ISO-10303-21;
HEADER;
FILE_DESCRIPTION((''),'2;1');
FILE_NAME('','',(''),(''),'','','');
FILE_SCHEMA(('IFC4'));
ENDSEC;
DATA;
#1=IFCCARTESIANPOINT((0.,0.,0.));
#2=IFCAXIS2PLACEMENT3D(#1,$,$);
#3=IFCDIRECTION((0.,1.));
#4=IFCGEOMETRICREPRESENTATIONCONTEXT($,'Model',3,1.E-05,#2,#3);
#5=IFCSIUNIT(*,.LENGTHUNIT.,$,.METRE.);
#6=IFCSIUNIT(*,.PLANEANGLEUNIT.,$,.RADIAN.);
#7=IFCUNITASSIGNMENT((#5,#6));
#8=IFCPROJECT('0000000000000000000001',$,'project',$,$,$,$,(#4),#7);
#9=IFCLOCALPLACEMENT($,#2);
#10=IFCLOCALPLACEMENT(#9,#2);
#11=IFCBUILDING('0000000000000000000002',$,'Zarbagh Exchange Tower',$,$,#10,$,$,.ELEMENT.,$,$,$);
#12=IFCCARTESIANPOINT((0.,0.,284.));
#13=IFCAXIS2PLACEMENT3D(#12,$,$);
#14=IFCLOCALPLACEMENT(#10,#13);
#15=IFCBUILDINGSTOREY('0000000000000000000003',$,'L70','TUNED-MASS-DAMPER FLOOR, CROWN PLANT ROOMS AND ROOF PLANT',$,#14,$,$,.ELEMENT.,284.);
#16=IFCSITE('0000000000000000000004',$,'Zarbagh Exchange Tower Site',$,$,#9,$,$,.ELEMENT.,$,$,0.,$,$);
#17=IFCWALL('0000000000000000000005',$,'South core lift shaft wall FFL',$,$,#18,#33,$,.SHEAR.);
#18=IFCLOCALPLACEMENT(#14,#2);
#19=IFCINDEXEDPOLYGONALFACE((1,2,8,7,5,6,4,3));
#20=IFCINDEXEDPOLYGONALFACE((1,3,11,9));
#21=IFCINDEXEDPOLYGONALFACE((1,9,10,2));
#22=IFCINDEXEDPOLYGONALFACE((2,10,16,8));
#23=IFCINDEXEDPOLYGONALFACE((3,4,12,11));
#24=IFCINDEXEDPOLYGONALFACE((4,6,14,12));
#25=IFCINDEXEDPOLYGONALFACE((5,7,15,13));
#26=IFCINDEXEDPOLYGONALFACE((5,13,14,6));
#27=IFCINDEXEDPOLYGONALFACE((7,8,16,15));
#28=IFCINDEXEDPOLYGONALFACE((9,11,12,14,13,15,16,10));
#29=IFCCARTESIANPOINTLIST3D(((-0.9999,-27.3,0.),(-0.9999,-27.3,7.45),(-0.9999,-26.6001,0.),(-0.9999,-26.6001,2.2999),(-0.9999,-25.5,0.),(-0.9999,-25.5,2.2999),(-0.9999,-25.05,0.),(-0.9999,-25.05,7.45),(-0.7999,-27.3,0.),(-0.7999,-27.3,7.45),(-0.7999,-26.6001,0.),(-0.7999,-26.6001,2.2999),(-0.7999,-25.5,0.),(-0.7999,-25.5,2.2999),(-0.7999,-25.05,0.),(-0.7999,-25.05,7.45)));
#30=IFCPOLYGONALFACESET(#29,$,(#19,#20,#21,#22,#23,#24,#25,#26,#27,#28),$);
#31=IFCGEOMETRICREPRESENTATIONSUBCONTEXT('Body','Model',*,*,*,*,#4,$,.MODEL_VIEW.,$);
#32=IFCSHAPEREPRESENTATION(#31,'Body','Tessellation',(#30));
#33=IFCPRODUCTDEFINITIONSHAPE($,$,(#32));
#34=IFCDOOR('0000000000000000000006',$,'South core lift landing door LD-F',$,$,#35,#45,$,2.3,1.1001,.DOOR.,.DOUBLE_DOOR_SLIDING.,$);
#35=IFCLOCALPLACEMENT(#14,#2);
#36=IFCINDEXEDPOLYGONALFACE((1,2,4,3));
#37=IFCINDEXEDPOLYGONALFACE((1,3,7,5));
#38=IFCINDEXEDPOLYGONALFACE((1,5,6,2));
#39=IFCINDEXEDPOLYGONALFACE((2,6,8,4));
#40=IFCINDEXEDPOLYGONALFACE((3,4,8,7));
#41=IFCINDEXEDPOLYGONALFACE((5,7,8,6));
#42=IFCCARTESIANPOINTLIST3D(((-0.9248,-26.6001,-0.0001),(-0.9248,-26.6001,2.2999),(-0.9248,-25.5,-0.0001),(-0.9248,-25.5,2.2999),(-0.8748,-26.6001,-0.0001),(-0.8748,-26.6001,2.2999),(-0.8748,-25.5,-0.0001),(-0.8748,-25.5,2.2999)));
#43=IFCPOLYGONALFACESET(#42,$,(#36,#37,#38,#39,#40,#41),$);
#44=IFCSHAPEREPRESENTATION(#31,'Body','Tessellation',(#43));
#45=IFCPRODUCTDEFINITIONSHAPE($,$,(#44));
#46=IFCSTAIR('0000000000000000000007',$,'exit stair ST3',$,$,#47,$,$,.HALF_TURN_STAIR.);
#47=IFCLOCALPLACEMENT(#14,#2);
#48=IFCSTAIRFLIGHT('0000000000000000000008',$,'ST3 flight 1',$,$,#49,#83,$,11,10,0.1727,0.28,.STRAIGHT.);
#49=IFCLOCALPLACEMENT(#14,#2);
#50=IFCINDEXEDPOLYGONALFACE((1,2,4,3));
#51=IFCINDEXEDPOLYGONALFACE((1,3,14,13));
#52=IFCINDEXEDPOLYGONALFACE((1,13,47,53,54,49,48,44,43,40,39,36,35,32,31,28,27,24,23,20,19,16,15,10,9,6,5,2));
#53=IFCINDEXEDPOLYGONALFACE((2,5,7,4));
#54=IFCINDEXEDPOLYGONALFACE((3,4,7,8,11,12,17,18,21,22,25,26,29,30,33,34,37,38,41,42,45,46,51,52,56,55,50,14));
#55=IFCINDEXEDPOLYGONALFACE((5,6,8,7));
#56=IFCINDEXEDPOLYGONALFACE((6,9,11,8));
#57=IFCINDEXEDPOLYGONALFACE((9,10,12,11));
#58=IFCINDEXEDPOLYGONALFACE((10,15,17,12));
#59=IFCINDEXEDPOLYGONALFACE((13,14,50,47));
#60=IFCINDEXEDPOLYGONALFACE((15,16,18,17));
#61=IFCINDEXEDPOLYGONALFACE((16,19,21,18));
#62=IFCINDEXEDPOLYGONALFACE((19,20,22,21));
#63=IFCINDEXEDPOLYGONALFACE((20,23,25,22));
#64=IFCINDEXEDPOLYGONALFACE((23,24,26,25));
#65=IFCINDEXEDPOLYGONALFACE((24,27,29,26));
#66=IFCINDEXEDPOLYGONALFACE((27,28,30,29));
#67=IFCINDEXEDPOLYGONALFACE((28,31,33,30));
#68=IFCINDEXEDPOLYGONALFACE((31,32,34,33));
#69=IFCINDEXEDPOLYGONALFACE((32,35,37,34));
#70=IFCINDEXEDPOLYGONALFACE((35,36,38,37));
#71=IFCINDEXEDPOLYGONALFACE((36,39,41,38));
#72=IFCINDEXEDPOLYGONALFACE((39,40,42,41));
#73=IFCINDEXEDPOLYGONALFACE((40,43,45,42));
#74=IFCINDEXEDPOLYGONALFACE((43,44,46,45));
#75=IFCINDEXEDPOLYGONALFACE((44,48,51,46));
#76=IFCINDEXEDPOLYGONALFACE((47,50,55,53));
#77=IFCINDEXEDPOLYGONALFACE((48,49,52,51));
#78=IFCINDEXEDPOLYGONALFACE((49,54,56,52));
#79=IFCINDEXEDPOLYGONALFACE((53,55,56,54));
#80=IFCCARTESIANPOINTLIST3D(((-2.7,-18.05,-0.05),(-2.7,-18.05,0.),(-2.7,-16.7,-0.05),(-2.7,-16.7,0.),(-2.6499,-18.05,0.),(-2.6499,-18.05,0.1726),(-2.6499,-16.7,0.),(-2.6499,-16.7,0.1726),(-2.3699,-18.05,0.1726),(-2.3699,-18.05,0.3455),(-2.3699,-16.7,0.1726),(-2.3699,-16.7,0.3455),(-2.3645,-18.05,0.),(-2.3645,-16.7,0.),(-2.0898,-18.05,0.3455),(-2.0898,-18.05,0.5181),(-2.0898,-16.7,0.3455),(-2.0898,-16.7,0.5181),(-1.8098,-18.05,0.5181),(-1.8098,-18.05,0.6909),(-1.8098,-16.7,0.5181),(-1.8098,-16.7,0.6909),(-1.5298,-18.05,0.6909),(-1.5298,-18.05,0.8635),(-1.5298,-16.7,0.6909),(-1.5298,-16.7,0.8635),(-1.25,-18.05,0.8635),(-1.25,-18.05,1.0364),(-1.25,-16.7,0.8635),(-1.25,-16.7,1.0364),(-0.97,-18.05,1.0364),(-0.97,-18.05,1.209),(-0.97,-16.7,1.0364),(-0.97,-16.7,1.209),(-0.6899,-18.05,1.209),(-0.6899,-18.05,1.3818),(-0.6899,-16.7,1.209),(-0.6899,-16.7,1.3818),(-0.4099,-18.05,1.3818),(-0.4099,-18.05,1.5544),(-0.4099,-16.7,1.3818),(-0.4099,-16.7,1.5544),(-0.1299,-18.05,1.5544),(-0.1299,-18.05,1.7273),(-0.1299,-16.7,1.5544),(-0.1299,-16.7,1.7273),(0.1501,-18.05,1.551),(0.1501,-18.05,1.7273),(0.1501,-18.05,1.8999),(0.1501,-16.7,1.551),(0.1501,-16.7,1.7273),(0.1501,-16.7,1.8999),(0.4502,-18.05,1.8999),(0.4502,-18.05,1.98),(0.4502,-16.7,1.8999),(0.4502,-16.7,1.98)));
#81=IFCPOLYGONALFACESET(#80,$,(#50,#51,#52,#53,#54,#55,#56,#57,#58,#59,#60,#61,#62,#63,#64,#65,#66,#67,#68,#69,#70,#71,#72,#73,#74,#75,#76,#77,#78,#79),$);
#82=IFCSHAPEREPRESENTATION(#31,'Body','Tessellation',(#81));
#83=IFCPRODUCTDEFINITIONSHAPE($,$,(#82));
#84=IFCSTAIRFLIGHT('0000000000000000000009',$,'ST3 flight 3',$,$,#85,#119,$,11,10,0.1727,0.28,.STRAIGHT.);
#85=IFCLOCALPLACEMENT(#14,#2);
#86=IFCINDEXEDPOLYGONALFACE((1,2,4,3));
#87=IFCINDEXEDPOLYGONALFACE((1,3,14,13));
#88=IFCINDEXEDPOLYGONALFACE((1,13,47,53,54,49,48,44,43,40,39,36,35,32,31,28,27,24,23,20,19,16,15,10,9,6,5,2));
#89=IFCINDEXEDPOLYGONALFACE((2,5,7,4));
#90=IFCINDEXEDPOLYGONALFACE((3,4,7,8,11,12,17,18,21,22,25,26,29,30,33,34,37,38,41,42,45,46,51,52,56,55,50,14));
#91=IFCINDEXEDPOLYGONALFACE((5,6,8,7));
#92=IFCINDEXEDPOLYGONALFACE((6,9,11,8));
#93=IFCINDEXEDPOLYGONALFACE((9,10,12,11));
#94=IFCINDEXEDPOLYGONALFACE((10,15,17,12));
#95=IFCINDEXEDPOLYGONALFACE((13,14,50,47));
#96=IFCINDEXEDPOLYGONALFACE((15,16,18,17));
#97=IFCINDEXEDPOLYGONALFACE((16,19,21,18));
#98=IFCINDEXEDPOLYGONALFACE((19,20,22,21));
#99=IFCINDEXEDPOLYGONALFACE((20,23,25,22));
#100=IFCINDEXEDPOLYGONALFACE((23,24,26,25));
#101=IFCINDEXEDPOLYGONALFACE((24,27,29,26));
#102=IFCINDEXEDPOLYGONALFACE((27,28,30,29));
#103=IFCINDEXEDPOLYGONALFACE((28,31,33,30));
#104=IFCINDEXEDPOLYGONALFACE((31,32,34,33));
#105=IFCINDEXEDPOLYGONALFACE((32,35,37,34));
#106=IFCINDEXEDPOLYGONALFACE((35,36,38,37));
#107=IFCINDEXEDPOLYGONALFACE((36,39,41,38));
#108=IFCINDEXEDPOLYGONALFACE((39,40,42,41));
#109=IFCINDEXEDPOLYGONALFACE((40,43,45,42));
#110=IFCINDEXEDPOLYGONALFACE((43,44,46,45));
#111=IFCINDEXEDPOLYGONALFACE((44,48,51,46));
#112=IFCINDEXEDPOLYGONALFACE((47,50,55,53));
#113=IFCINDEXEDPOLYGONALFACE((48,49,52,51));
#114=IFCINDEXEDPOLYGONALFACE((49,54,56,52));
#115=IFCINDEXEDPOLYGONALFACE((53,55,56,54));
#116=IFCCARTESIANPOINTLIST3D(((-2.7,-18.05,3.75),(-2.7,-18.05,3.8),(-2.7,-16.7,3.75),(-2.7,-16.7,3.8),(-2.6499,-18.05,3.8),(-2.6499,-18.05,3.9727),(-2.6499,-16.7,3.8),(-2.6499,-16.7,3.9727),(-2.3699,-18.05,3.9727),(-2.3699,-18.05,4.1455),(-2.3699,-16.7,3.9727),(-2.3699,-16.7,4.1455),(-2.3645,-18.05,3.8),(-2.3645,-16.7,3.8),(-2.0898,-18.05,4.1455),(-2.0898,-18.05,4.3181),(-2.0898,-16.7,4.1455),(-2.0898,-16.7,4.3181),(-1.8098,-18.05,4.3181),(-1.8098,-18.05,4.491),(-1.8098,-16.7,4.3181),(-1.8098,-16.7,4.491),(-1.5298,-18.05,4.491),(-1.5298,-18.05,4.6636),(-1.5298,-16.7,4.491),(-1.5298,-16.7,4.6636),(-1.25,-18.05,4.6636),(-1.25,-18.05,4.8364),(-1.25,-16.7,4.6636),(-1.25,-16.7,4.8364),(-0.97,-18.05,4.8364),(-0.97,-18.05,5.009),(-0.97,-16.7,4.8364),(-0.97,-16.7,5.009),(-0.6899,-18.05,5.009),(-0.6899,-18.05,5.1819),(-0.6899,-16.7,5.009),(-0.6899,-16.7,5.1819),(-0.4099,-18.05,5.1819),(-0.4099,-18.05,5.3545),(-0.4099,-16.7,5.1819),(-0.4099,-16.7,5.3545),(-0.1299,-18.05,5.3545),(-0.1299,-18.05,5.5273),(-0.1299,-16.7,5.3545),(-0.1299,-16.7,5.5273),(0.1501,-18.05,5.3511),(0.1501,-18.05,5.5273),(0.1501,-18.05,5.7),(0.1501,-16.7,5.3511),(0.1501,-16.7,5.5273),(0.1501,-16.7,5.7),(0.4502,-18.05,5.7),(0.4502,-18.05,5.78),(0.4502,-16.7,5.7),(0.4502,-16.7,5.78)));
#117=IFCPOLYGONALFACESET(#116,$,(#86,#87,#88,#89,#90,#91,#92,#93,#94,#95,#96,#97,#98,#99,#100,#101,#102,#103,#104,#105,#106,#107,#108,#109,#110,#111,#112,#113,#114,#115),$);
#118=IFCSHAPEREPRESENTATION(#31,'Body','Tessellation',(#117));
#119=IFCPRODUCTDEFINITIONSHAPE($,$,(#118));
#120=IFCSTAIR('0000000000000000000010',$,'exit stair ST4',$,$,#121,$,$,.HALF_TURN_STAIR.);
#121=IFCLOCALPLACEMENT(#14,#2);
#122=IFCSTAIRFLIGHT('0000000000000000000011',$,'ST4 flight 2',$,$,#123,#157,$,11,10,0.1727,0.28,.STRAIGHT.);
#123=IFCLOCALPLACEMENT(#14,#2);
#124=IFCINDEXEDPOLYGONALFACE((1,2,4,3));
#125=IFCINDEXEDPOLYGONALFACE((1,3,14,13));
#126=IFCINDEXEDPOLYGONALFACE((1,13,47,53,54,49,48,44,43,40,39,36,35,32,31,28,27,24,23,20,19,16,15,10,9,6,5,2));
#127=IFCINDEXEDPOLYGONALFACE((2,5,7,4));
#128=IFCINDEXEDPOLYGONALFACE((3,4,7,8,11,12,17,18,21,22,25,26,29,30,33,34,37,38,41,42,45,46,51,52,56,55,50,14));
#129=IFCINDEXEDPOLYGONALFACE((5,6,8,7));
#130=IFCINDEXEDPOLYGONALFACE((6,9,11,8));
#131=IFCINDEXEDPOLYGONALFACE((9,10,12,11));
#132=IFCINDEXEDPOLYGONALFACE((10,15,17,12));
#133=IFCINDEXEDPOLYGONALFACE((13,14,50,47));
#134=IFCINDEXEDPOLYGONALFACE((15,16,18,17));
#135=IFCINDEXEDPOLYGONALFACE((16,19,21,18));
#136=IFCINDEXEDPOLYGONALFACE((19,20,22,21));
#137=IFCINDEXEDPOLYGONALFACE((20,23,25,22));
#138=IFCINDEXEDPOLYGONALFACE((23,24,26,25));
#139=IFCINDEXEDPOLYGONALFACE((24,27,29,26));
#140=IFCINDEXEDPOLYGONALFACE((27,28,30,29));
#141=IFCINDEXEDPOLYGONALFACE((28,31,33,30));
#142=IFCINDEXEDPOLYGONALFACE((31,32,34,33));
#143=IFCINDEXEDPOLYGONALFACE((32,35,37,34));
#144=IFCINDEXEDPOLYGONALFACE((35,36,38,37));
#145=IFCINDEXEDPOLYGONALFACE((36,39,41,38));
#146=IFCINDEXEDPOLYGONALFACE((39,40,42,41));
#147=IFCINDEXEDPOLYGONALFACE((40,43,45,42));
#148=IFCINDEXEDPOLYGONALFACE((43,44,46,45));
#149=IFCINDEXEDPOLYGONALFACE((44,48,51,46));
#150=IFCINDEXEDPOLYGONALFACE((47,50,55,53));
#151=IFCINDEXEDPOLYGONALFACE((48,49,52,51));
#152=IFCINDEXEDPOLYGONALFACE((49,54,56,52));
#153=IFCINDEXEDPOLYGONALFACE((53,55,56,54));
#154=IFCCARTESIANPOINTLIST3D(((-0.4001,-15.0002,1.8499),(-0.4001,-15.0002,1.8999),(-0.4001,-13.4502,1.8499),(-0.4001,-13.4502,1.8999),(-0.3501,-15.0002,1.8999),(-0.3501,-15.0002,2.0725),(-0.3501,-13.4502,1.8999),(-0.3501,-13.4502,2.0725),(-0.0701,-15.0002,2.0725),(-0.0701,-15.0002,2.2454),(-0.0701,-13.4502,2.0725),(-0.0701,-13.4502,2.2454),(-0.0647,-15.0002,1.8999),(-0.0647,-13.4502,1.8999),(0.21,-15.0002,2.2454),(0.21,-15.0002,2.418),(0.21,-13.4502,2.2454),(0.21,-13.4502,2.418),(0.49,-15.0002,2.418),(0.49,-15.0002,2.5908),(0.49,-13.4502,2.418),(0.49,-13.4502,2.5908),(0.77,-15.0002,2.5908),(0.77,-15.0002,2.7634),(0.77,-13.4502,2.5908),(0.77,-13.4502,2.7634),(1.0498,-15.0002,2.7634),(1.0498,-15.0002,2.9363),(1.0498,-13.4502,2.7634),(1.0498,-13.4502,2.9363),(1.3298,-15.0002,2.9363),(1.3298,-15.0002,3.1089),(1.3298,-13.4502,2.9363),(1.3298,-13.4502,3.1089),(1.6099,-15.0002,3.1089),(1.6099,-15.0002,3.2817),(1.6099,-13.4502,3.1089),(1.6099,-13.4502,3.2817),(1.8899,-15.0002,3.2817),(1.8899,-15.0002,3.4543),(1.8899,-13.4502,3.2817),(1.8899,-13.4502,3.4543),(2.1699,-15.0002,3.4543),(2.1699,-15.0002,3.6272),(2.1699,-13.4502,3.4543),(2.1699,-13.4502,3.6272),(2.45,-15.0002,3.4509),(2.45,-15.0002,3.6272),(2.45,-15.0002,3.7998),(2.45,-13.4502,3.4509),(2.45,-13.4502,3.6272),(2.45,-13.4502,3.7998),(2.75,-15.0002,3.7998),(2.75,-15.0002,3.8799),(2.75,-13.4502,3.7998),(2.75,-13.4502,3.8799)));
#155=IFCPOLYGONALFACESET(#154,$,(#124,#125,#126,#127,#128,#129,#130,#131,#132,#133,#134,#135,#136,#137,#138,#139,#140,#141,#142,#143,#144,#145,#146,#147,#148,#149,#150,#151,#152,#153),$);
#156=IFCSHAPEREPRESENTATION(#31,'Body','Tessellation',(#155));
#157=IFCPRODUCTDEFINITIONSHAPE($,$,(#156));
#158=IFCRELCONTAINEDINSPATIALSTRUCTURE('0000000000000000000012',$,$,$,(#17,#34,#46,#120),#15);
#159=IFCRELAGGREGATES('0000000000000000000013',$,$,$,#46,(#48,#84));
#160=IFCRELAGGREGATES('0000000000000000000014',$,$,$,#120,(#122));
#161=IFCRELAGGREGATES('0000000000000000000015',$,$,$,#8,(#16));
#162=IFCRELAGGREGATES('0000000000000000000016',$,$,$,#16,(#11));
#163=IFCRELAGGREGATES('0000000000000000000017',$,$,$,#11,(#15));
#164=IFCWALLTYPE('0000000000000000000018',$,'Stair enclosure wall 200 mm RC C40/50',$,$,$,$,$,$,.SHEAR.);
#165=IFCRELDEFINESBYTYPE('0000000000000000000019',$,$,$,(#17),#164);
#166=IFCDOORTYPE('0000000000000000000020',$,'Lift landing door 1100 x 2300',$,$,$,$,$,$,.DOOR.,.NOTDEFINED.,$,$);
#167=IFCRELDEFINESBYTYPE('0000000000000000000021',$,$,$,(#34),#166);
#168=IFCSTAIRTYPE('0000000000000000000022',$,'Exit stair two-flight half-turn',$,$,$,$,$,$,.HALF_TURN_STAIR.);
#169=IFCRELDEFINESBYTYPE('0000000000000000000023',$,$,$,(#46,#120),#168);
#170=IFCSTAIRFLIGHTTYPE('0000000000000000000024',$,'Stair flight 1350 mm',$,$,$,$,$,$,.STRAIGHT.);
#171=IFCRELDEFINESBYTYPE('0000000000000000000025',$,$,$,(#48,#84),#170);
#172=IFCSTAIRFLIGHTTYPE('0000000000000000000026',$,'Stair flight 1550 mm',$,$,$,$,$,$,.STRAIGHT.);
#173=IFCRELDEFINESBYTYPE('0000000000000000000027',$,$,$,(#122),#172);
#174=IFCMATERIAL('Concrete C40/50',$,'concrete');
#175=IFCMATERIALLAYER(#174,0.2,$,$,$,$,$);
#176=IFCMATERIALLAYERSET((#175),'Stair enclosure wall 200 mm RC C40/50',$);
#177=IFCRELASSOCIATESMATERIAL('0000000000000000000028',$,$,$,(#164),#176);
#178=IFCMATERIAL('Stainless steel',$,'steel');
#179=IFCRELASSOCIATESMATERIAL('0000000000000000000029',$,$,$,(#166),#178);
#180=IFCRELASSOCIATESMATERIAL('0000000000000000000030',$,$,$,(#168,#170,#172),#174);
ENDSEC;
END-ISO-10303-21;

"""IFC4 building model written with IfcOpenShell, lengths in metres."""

from ifc_helpers import new_model, si_unit, direction, frame, frame_2d, origin, place, context, subcontext, project, spatial, polyline, rectangle, outline, extrude, material, layer, layer_set, type_object, element, fill, aggregate, save


model = new_model("IFC4")

# Units and contexts
model_context = context("Model", 3, precision=1e-05, world=origin(), true_north=direction((0.0, 1.0)))
body_context = subcontext(model_context, "Body", "Model", "MODEL_VIEW")
ifc_project = project(units=[si_unit("LENGTHUNIT", "METRE"), si_unit("PLANEANGLEUNIT", "RADIAN")], contexts=[model_context])

# Site, building, storey
site_placement = place(None, origin())
site = spatial("IfcSite", under=ifc_project, at=site_placement, Name="Zarbagh Exchange Tower Site", CompositionType="ELEMENT", RefElevation=0.0)
building_placement = place(site_placement, origin())
building = spatial("IfcBuilding", under=site, at=building_placement, Name="Zarbagh Exchange Tower", CompositionType="ELEMENT")
storey_placement = place(building_placement, frame((0.0, 0.0, 284.0)))
storey = spatial("IfcBuildingStorey", under=building, at=storey_placement, Name="L70", Description="TUNED-MASS-DAMPER FLOOR, CROWN PLANT ROOMS AND ROOF PLANT", CompositionType="ELEMENT", Elevation=284.0)

# Shared definitions
ifc_material_1 = material(Name="Concrete C40/50", Category="concrete")

# Wall, opening, door
ifc_layer_1 = layer(ifc_material_1, 0.2)
ifc_layer_set_1 = layer_set([ifc_layer_1], Name="Stair enclosure wall 200 mm RC C40/50")
wall_type_1 = type_object("IfcWallType", Name="Stair enclosure wall 200 mm RC C40/50", PredefinedType="SHEAR", material=ifc_layer_set_1)
wall_1_placement = place(storey_placement, frame((-0.8999, -27.3, 0.0), z_axis=(0.0, 0.0, 1.0), x_axis=(0.0, 1.0, 0.0)))
wall_1 = element("IfcWall", 1, at=wall_1_placement, inside=storey, type_object=wall_type_1, Name="South core lift shaft wall FFL", PredefinedType="SHEAR", context=body_context, shape_type="SweptSolid", body=[
    extrude(rectangle(XDim=2.25, YDim=0.2, at=frame_2d((1.125, 0.0))), origin(), (0.0, 0.0, 1.0), 7.45),
])
opening_1_placement = place(wall_1_placement, frame((0.7, 0.0, 0.0)))
opening_1 = element("IfcOpeningElement", 2, at=opening_1_placement, cuts=wall_1, PredefinedType="OPENING", context=body_context, shape_type="SweptSolid", body=[
    extrude(rectangle(XDim=1.1001, YDim=2.3, at=frame_2d((0.55, 1.1499))), frame((0.0, 0.1099, 0.0), z_axis=(0.0, -1.0, 0.0), x_axis=(1.0, 0.0, 0.0)), (0.0, 0.0, 1.0), 0.22),
])
ifc_material_2 = material(Name="Stainless steel", Category="steel")
door_type_1 = type_object("IfcDoorType", Name="Lift landing door 1100 x 2300", OperationType="NOTDEFINED", PredefinedType="DOOR", material=ifc_material_2)
door_1_placement = place(opening_1_placement, origin())
door_1 = element("IfcDoor", 3, at=door_1_placement, inside=storey, type_object=door_type_1, Name="South core lift landing door LD-F", OperationType="DOUBLE_DOOR_SLIDING", OverallHeight=2.3, OverallWidth=1.1001, PredefinedType="DOOR", context=body_context, shape_type="SweptSolid", body=[
    extrude(rectangle(XDim=1.1001, YDim=2.3, at=frame_2d((0.55, 1.1499))), frame((0.0, 0.0249, 0.0), z_axis=(0.0, -1.0, 0.0), x_axis=(1.0, 0.0, 0.0)), (0.0, 0.0, 1.0), 0.05),
])
fill(opening_1, door_1)

# Stairs, stair flights
stair_type = type_object("IfcStairType", Name="Exit stair two-flight half-turn", PredefinedType="HALF_TURN_STAIR", material=ifc_material_1)
stair_1_placement = place(storey_placement, origin())
stair_1 = element("IfcStair", 4, at=stair_1_placement, inside=storey, type_object=stair_type, Name="exit stair ST3", PredefinedType="HALF_TURN_STAIR")
stair_flight_type_1 = type_object("IfcStairFlightType", Name="Stair flight 1350 mm", PredefinedType="STRAIGHT", material=ifc_material_1)
stair_flight_1_placement = place(storey_placement, frame((-2.6499, -17.375, 0.0), z_axis=(0.0, 0.0, 1.0), x_axis=(1.0, 0.0, 0.0)))
stair_flight_1 = element("IfcStairFlight", 5, at=stair_flight_1_placement, type_object=stair_flight_type_1, Name="ST3 flight 1", NumberOfRisers=11, NumberOfTreads=10, PredefinedType="STRAIGHT", RiserHeight=0.1727, TreadLength=0.28, context=body_context, shape_type="SweptSolid", body=[
    extrude(outline(polyline([(-0.05, -0.05), (-0.05, 0.0), (0.0, 0.0), (0.0, 0.1726), (0.28, 0.1726), (0.28, 0.3455), (0.5601, 0.3455), (0.5601, 0.5181), (0.8401, 0.5181), (0.8401, 0.6909), (1.1201, 0.6909), (1.1201, 0.8635), (1.3999, 0.8635), (1.3999, 1.0364), (1.6799, 1.0364), (1.6799, 1.209), (1.96, 1.209), (1.96, 1.3818), (2.24, 1.3818), (2.24, 1.5544), (2.52, 1.5544), (2.52, 1.7273), (2.8, 1.7273), (2.8, 1.8999), (3.1001, 1.98), (3.1001, 1.8999), (2.8, 1.551), (0.2854, 0.0), (-0.05, -0.05)])), frame((0.0, 0.675, 0.0), z_axis=(0.0, -1.0, 0.0), x_axis=(1.0, 0.0, 0.0)), (0.0, 0.0, 1.0), 1.3501),
])
stair_flight_2_placement = place(storey_placement, frame((-2.6499, -17.375, 3.8), z_axis=(0.0, 0.0, 1.0), x_axis=(1.0, 0.0, 0.0)))
stair_flight_2 = element("IfcStairFlight", 6, at=stair_flight_2_placement, type_object=stair_flight_type_1, Name="ST3 flight 3", NumberOfRisers=11, NumberOfTreads=10, PredefinedType="STRAIGHT", RiserHeight=0.1727, TreadLength=0.28, context=body_context, shape_type="SweptSolid", body=[
    extrude(outline(polyline([(-0.05, -0.05), (-0.05, 0.0), (0.0, 0.0), (0.0, 0.1726), (0.28, 0.1726), (0.28, 0.3455), (0.5601, 0.3455), (0.5601, 0.5181), (0.8401, 0.5181), (0.8401, 0.6909), (1.1201, 0.6909), (1.1201, 0.8635), (1.3999, 0.8635), (1.3999, 1.0364), (1.6799, 1.0364), (1.6799, 1.209), (1.96, 1.209), (1.96, 1.3818), (2.24, 1.3818), (2.24, 1.5544), (2.52, 1.5544), (2.52, 1.7273), (2.8, 1.7273), (2.8, 1.8999), (3.1001, 1.98), (3.1001, 1.8999), (2.8, 1.551), (0.2854, 0.0), (-0.05, -0.05)])), frame((0.0, 0.675, 0.0), z_axis=(0.0, -1.0, 0.0), x_axis=(1.0, 0.0, 0.0)), (0.0, 0.0, 1.0), 1.3501),
])
aggregate(stair_1, [stair_flight_1, stair_flight_2])
stair_2_placement = place(storey_placement, origin())
stair_2 = element("IfcStair", 7, at=stair_2_placement, inside=storey, type_object=stair_type, Name="exit stair ST4", PredefinedType="HALF_TURN_STAIR")
stair_flight_type_2 = type_object("IfcStairFlightType", Name="Stair flight 1550 mm", PredefinedType="STRAIGHT", material=ifc_material_1)
stair_flight_3_placement = place(storey_placement, frame((-0.3501, -14.2251, 1.8999), z_axis=(0.0, 0.0, 1.0), x_axis=(1.0, 0.0, 0.0)))
stair_flight_3 = element("IfcStairFlight", 8, at=stair_flight_3_placement, type_object=stair_flight_type_2, Name="ST4 flight 2", NumberOfRisers=11, NumberOfTreads=10, PredefinedType="STRAIGHT", RiserHeight=0.1727, TreadLength=0.28, context=body_context, shape_type="SweptSolid", body=[
    extrude(outline(polyline([(-0.05, -0.05), (-0.05, 0.0), (0.0, 0.0), (0.0, 0.1726), (0.28, 0.1726), (0.28, 0.3455), (0.5601, 0.3455), (0.5601, 0.5181), (0.8401, 0.5181), (0.8401, 0.6909), (1.1201, 0.6909), (1.1201, 0.8635), (1.3999, 0.8635), (1.3999, 1.0364), (1.6799, 1.0364), (1.6799, 1.209), (1.96, 1.209), (1.96, 1.3818), (2.24, 1.3818), (2.24, 1.5544), (2.52, 1.5544), (2.52, 1.7273), (2.8, 1.7273), (2.8, 1.8999), (3.1001, 1.98), (3.1001, 1.8999), (2.8, 1.551), (0.2854, 0.0), (-0.05, -0.05)])), frame((0.0, 0.7749, 0.0), z_axis=(0.0, -1.0, 0.0), x_axis=(1.0, 0.0, 0.0)), (0.0, 0.0, 1.0), 1.55),
])
aggregate(stair_2, [stair_flight_3])

save(model, "model.ifc")
